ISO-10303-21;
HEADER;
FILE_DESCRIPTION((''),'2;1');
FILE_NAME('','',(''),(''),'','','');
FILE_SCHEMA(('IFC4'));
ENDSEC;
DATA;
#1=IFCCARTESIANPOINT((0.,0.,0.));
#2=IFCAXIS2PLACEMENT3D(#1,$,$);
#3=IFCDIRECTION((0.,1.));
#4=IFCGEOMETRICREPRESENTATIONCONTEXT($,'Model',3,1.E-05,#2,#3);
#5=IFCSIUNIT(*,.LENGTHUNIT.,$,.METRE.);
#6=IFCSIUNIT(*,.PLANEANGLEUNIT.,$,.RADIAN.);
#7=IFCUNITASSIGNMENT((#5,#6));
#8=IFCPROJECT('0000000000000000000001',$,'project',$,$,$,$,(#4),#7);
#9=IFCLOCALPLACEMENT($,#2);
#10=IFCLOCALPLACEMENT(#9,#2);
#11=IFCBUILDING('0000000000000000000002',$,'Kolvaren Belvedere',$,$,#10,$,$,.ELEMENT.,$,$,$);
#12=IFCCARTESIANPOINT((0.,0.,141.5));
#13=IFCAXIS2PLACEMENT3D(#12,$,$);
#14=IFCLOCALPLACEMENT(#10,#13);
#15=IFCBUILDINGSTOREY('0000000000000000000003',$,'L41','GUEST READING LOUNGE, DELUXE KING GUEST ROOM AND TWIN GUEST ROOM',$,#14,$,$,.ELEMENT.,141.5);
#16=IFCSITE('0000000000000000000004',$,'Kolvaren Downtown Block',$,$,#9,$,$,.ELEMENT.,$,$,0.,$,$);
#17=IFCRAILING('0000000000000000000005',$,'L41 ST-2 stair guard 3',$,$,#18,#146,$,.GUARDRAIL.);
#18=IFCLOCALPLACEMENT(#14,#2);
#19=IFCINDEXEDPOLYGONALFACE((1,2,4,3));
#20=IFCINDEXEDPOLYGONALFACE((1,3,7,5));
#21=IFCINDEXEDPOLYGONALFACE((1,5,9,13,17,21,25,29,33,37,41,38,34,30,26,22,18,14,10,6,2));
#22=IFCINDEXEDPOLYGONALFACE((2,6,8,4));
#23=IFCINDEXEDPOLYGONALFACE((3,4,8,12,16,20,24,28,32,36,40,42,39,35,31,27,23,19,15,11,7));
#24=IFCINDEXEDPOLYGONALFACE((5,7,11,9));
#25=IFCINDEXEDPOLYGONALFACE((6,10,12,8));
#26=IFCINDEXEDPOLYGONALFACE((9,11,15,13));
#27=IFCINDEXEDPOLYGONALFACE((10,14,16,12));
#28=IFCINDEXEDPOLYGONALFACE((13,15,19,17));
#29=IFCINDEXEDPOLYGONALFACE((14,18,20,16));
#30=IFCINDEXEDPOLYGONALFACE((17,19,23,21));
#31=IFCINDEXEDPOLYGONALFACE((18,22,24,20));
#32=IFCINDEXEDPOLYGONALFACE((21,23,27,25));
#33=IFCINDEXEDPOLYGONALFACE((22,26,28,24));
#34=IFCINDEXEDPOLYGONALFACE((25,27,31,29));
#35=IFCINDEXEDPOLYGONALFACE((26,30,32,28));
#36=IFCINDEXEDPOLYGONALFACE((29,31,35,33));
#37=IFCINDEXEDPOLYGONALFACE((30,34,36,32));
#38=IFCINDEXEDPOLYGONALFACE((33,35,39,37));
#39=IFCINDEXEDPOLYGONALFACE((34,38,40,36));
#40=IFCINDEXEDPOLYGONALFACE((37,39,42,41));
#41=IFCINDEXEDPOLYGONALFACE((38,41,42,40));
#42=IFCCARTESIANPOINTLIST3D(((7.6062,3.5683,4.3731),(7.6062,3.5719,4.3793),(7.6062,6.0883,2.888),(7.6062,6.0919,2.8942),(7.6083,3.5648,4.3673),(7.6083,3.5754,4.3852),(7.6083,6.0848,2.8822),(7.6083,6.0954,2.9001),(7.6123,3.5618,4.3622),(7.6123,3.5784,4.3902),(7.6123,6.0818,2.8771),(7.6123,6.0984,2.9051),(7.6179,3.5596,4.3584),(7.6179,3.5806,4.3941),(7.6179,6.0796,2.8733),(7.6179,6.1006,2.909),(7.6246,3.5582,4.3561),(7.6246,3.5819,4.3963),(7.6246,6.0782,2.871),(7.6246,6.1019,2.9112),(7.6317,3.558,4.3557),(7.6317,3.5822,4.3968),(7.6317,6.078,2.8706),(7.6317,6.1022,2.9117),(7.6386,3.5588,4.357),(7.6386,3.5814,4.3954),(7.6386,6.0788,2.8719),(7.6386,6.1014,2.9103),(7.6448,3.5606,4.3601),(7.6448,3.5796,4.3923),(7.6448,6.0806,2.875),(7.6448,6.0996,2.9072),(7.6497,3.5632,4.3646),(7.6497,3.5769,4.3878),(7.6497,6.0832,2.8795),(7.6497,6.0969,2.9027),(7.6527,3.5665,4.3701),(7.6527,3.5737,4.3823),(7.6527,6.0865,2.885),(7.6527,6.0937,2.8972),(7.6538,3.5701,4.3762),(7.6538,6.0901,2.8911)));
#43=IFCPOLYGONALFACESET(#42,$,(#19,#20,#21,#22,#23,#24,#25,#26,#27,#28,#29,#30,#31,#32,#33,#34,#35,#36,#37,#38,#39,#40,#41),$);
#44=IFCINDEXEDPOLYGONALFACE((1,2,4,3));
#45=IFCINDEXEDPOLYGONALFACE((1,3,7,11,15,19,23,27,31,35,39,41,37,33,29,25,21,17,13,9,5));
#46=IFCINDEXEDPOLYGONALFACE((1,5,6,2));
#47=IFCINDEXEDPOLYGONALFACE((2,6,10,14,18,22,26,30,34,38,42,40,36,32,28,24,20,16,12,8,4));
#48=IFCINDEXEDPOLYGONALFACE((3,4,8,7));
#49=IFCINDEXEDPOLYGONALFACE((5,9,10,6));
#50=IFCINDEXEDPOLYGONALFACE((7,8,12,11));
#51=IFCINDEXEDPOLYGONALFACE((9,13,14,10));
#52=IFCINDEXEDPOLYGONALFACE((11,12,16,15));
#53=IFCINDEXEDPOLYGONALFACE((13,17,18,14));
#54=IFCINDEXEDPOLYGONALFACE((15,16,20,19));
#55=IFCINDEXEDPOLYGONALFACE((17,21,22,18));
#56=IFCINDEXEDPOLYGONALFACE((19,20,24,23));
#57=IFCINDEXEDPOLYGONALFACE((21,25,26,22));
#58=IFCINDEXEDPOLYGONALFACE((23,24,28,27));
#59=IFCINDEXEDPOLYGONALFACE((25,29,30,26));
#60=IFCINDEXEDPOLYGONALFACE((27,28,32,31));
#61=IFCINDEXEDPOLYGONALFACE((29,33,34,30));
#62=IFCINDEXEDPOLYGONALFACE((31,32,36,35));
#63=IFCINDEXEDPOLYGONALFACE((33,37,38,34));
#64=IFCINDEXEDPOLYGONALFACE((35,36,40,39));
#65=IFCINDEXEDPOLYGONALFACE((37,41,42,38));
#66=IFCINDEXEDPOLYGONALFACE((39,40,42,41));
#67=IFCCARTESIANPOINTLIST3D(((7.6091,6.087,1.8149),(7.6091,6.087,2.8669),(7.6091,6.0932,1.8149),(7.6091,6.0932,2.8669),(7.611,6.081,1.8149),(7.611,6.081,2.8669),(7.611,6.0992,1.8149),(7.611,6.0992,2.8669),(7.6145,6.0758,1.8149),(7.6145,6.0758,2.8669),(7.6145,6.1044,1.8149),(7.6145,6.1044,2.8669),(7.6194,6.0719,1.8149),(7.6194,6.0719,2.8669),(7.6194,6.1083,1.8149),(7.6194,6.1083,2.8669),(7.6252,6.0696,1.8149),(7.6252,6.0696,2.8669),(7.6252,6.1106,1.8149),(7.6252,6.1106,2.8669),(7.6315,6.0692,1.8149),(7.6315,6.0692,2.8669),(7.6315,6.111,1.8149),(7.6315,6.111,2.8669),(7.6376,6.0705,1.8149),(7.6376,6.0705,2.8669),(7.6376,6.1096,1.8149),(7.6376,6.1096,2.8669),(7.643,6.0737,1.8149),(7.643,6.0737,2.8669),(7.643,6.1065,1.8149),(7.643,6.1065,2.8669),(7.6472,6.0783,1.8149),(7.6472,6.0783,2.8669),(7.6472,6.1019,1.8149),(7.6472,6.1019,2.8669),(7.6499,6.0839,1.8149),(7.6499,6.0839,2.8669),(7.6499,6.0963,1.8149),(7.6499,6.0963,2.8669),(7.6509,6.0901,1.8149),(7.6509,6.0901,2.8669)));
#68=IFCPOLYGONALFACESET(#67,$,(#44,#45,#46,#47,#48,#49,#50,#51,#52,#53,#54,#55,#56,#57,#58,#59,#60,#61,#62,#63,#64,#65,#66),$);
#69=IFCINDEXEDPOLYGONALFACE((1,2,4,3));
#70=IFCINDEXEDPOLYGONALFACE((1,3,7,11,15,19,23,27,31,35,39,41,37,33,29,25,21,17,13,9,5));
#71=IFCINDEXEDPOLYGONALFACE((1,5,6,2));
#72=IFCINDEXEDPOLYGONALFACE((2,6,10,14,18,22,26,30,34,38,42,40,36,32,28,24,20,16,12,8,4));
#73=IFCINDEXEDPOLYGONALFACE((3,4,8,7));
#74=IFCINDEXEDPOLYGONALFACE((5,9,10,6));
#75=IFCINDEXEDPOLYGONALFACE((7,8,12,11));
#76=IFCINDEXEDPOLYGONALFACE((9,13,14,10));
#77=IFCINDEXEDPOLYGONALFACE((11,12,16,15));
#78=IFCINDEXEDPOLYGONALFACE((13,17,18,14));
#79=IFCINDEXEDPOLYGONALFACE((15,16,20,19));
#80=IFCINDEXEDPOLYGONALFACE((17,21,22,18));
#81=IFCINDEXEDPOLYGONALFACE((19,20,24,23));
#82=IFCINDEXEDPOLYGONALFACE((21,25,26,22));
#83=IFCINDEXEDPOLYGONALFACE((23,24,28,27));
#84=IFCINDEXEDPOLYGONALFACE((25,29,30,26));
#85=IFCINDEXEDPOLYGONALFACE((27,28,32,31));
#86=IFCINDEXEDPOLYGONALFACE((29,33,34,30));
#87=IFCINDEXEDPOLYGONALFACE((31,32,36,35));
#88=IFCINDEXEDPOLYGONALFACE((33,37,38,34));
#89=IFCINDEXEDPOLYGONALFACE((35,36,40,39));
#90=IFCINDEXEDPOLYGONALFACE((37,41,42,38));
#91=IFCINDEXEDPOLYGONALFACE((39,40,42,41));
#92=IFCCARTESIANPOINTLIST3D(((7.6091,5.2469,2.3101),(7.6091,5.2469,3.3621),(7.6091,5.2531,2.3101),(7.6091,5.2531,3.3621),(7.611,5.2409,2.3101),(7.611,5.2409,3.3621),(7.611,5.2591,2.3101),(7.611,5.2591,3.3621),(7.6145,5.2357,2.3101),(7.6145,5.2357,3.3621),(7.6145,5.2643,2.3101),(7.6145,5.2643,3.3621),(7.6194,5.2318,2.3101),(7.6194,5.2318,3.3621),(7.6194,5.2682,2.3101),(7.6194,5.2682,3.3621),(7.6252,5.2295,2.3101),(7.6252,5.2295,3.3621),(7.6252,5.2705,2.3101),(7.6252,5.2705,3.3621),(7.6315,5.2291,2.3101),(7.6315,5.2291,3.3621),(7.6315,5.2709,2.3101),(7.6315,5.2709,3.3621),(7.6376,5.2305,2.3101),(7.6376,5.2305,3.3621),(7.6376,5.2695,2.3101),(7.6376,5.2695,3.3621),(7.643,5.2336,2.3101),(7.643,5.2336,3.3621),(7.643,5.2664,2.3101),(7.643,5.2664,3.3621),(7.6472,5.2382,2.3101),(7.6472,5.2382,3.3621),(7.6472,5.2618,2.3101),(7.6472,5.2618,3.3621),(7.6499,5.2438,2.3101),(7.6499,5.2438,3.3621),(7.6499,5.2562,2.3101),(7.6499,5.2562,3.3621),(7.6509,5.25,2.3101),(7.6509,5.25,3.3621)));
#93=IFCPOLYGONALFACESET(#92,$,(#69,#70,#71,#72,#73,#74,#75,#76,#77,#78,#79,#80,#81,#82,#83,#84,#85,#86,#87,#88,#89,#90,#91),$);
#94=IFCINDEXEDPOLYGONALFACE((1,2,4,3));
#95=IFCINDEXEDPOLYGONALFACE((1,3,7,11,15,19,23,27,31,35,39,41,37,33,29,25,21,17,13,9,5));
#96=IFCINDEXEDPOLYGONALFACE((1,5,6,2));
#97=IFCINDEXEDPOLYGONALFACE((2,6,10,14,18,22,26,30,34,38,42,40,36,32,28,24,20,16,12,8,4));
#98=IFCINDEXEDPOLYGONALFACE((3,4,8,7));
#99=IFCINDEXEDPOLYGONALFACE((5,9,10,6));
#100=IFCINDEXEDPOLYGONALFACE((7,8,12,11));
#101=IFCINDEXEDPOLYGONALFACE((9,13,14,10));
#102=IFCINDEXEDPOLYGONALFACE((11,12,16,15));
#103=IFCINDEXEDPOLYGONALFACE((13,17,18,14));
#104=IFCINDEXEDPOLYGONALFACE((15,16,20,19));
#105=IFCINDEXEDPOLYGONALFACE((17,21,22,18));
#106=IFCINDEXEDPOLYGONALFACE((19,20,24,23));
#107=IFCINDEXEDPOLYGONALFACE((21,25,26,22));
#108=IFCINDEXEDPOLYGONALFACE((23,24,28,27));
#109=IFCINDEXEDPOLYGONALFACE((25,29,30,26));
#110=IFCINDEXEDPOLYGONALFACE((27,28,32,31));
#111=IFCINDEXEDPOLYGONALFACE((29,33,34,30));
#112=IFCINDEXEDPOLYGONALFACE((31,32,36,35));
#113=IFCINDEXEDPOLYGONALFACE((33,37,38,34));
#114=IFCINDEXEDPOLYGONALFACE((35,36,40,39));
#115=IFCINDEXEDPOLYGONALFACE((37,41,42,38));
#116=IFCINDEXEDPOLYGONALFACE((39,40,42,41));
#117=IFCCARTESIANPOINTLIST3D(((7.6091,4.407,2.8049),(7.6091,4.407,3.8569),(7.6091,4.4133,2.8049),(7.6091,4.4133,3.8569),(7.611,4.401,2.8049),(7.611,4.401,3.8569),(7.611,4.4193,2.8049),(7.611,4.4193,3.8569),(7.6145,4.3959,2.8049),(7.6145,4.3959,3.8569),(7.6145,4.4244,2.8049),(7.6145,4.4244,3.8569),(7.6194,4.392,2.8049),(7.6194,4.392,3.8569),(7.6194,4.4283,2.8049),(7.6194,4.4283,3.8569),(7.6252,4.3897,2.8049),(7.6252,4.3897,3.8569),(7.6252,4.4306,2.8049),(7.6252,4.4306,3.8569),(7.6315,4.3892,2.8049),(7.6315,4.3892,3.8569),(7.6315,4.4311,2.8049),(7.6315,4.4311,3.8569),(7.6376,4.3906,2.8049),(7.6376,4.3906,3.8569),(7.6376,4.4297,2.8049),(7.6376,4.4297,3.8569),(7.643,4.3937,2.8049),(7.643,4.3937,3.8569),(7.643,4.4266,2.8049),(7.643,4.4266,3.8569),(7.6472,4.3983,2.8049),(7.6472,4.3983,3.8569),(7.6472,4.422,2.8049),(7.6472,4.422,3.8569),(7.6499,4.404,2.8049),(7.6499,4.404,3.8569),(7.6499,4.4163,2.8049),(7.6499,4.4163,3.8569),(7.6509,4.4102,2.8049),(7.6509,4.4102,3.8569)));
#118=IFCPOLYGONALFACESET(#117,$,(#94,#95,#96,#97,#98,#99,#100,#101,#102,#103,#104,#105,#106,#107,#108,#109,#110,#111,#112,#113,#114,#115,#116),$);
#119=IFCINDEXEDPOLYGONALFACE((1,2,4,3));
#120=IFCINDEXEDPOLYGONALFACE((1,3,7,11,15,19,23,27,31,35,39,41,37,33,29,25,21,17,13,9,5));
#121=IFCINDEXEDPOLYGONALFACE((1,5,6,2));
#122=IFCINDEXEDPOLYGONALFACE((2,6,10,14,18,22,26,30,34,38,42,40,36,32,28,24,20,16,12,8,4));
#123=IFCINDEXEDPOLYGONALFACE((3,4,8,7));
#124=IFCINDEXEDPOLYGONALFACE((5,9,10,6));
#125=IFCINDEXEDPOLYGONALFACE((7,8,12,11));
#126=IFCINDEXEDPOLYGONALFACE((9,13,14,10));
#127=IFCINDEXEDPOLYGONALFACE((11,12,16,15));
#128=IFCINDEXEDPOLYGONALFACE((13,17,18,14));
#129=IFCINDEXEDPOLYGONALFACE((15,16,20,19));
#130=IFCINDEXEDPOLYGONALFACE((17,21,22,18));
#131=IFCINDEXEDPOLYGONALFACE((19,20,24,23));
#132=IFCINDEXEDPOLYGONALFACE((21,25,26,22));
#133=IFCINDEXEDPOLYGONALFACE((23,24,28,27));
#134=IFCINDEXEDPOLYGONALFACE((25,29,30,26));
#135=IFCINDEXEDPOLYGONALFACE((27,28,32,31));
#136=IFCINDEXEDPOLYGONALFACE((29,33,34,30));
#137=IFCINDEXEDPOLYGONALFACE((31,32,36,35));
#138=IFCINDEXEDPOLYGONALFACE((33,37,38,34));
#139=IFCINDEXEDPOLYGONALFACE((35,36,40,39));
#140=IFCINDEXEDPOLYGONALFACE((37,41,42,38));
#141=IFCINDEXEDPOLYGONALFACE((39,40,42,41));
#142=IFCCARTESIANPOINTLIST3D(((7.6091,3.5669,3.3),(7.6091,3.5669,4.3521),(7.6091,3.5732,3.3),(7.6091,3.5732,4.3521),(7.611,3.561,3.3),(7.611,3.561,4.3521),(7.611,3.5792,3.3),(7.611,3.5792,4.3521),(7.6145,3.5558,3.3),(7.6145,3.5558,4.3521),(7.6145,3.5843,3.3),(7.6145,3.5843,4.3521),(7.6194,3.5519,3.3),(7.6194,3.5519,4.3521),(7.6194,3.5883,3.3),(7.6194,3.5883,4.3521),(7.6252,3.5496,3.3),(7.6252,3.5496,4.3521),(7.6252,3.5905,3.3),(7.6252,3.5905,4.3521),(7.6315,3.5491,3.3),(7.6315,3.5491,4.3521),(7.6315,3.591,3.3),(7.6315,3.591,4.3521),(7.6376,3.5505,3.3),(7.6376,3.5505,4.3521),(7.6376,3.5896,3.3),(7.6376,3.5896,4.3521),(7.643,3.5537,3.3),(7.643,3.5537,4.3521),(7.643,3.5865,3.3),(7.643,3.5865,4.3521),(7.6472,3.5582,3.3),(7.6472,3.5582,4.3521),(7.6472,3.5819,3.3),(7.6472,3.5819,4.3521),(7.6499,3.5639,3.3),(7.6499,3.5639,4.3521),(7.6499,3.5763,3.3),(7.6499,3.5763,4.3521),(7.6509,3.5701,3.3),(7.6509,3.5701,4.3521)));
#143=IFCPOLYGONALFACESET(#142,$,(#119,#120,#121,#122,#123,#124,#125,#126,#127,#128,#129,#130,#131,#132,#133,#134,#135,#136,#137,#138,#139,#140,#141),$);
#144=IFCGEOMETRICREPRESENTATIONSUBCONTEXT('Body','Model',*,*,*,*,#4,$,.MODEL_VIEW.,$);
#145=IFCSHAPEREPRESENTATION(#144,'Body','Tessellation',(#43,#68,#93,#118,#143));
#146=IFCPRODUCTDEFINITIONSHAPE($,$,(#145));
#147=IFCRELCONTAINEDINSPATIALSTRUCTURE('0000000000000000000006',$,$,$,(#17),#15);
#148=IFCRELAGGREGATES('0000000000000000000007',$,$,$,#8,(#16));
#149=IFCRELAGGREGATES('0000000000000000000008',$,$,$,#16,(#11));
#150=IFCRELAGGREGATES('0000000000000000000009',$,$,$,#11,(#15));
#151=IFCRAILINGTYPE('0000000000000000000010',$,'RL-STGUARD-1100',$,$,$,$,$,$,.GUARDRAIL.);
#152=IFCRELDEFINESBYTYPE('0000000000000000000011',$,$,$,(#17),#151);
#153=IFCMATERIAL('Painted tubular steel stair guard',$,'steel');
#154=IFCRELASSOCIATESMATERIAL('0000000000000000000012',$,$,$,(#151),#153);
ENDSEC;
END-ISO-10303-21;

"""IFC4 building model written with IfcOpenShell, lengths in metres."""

from ifc_helpers import new_model, si_unit, direction, frame, origin, origin_2d, place, context, subcontext, project, spatial, circle, extrude, material, type_object, element, save


model = new_model("IFC4")

# Units and contexts
model_context = context("Model", 3, precision=1e-05, world=origin(), true_north=direction((0.0, 1.0)))
body_context = subcontext(model_context, "Body", "Model", "MODEL_VIEW")
ifc_project = project(units=[si_unit("LENGTHUNIT", "METRE"), si_unit("PLANEANGLEUNIT", "RADIAN")], contexts=[model_context])

# Site, building, storey
site_placement = place(None, origin())
site = spatial("IfcSite", under=ifc_project, at=site_placement, Name="Kolvaren Downtown Block", CompositionType="ELEMENT", RefElevation=0.0)
building_placement = place(site_placement, origin())
building = spatial("IfcBuilding", under=site, at=building_placement, Name="Kolvaren Belvedere", CompositionType="ELEMENT")
storey_placement = place(building_placement, frame((0.0, 0.0, 141.5)))
storey = spatial("IfcBuildingStorey", under=building, at=storey_placement, Name="L41", Description="GUEST READING LOUNGE, DELUXE KING GUEST ROOM AND TWIN GUEST ROOM", CompositionType="ELEMENT", Elevation=141.5)

# Railing
ifc_material_1 = material(Name="Painted tubular steel stair guard", Category="steel")
railing_type_1 = type_object("IfcRailingType", Name="RL-STGUARD-1100", PredefinedType="GUARDRAIL", material=ifc_material_1)
railing_1_placement = place(storey_placement, frame((7.6299, 6.0901, 1.8149)))
element("IfcRailing", 1, at=railing_1_placement, inside=storey, type_object=railing_type_1, Name="L41 ST-2 stair guard 3", PredefinedType="GUARDRAIL", context=body_context, shape_type="SweptSolid", body=[
    extrude(circle(Radius=0.0239, at=origin_2d()), frame((0.0, 0.0, 1.0762), z_axis=(0.0, -0.861524, 0.507717), x_axis=(1.0, 0.0, 0.0)), (0.0, 0.0, 1.0), 2.925),
    extrude(circle(Radius=0.021, at=origin_2d()), origin(), (0.0, 0.0, 1.0), 1.052),
    extrude(circle(Radius=0.021, at=origin_2d()), frame((0.0, -0.8401, 0.4951)), (0.0, 0.0, 1.0), 1.052),
    extrude(circle(Radius=0.021, at=origin_2d()), frame((0.0, -1.6799, 0.99)), (0.0, 0.0, 1.0), 1.052),
    extrude(circle(Radius=0.021, at=origin_2d()), frame((0.0, -2.52, 1.4851)), (0.0, 0.0, 1.0), 1.052),
])

save(model, "model.ifc")
